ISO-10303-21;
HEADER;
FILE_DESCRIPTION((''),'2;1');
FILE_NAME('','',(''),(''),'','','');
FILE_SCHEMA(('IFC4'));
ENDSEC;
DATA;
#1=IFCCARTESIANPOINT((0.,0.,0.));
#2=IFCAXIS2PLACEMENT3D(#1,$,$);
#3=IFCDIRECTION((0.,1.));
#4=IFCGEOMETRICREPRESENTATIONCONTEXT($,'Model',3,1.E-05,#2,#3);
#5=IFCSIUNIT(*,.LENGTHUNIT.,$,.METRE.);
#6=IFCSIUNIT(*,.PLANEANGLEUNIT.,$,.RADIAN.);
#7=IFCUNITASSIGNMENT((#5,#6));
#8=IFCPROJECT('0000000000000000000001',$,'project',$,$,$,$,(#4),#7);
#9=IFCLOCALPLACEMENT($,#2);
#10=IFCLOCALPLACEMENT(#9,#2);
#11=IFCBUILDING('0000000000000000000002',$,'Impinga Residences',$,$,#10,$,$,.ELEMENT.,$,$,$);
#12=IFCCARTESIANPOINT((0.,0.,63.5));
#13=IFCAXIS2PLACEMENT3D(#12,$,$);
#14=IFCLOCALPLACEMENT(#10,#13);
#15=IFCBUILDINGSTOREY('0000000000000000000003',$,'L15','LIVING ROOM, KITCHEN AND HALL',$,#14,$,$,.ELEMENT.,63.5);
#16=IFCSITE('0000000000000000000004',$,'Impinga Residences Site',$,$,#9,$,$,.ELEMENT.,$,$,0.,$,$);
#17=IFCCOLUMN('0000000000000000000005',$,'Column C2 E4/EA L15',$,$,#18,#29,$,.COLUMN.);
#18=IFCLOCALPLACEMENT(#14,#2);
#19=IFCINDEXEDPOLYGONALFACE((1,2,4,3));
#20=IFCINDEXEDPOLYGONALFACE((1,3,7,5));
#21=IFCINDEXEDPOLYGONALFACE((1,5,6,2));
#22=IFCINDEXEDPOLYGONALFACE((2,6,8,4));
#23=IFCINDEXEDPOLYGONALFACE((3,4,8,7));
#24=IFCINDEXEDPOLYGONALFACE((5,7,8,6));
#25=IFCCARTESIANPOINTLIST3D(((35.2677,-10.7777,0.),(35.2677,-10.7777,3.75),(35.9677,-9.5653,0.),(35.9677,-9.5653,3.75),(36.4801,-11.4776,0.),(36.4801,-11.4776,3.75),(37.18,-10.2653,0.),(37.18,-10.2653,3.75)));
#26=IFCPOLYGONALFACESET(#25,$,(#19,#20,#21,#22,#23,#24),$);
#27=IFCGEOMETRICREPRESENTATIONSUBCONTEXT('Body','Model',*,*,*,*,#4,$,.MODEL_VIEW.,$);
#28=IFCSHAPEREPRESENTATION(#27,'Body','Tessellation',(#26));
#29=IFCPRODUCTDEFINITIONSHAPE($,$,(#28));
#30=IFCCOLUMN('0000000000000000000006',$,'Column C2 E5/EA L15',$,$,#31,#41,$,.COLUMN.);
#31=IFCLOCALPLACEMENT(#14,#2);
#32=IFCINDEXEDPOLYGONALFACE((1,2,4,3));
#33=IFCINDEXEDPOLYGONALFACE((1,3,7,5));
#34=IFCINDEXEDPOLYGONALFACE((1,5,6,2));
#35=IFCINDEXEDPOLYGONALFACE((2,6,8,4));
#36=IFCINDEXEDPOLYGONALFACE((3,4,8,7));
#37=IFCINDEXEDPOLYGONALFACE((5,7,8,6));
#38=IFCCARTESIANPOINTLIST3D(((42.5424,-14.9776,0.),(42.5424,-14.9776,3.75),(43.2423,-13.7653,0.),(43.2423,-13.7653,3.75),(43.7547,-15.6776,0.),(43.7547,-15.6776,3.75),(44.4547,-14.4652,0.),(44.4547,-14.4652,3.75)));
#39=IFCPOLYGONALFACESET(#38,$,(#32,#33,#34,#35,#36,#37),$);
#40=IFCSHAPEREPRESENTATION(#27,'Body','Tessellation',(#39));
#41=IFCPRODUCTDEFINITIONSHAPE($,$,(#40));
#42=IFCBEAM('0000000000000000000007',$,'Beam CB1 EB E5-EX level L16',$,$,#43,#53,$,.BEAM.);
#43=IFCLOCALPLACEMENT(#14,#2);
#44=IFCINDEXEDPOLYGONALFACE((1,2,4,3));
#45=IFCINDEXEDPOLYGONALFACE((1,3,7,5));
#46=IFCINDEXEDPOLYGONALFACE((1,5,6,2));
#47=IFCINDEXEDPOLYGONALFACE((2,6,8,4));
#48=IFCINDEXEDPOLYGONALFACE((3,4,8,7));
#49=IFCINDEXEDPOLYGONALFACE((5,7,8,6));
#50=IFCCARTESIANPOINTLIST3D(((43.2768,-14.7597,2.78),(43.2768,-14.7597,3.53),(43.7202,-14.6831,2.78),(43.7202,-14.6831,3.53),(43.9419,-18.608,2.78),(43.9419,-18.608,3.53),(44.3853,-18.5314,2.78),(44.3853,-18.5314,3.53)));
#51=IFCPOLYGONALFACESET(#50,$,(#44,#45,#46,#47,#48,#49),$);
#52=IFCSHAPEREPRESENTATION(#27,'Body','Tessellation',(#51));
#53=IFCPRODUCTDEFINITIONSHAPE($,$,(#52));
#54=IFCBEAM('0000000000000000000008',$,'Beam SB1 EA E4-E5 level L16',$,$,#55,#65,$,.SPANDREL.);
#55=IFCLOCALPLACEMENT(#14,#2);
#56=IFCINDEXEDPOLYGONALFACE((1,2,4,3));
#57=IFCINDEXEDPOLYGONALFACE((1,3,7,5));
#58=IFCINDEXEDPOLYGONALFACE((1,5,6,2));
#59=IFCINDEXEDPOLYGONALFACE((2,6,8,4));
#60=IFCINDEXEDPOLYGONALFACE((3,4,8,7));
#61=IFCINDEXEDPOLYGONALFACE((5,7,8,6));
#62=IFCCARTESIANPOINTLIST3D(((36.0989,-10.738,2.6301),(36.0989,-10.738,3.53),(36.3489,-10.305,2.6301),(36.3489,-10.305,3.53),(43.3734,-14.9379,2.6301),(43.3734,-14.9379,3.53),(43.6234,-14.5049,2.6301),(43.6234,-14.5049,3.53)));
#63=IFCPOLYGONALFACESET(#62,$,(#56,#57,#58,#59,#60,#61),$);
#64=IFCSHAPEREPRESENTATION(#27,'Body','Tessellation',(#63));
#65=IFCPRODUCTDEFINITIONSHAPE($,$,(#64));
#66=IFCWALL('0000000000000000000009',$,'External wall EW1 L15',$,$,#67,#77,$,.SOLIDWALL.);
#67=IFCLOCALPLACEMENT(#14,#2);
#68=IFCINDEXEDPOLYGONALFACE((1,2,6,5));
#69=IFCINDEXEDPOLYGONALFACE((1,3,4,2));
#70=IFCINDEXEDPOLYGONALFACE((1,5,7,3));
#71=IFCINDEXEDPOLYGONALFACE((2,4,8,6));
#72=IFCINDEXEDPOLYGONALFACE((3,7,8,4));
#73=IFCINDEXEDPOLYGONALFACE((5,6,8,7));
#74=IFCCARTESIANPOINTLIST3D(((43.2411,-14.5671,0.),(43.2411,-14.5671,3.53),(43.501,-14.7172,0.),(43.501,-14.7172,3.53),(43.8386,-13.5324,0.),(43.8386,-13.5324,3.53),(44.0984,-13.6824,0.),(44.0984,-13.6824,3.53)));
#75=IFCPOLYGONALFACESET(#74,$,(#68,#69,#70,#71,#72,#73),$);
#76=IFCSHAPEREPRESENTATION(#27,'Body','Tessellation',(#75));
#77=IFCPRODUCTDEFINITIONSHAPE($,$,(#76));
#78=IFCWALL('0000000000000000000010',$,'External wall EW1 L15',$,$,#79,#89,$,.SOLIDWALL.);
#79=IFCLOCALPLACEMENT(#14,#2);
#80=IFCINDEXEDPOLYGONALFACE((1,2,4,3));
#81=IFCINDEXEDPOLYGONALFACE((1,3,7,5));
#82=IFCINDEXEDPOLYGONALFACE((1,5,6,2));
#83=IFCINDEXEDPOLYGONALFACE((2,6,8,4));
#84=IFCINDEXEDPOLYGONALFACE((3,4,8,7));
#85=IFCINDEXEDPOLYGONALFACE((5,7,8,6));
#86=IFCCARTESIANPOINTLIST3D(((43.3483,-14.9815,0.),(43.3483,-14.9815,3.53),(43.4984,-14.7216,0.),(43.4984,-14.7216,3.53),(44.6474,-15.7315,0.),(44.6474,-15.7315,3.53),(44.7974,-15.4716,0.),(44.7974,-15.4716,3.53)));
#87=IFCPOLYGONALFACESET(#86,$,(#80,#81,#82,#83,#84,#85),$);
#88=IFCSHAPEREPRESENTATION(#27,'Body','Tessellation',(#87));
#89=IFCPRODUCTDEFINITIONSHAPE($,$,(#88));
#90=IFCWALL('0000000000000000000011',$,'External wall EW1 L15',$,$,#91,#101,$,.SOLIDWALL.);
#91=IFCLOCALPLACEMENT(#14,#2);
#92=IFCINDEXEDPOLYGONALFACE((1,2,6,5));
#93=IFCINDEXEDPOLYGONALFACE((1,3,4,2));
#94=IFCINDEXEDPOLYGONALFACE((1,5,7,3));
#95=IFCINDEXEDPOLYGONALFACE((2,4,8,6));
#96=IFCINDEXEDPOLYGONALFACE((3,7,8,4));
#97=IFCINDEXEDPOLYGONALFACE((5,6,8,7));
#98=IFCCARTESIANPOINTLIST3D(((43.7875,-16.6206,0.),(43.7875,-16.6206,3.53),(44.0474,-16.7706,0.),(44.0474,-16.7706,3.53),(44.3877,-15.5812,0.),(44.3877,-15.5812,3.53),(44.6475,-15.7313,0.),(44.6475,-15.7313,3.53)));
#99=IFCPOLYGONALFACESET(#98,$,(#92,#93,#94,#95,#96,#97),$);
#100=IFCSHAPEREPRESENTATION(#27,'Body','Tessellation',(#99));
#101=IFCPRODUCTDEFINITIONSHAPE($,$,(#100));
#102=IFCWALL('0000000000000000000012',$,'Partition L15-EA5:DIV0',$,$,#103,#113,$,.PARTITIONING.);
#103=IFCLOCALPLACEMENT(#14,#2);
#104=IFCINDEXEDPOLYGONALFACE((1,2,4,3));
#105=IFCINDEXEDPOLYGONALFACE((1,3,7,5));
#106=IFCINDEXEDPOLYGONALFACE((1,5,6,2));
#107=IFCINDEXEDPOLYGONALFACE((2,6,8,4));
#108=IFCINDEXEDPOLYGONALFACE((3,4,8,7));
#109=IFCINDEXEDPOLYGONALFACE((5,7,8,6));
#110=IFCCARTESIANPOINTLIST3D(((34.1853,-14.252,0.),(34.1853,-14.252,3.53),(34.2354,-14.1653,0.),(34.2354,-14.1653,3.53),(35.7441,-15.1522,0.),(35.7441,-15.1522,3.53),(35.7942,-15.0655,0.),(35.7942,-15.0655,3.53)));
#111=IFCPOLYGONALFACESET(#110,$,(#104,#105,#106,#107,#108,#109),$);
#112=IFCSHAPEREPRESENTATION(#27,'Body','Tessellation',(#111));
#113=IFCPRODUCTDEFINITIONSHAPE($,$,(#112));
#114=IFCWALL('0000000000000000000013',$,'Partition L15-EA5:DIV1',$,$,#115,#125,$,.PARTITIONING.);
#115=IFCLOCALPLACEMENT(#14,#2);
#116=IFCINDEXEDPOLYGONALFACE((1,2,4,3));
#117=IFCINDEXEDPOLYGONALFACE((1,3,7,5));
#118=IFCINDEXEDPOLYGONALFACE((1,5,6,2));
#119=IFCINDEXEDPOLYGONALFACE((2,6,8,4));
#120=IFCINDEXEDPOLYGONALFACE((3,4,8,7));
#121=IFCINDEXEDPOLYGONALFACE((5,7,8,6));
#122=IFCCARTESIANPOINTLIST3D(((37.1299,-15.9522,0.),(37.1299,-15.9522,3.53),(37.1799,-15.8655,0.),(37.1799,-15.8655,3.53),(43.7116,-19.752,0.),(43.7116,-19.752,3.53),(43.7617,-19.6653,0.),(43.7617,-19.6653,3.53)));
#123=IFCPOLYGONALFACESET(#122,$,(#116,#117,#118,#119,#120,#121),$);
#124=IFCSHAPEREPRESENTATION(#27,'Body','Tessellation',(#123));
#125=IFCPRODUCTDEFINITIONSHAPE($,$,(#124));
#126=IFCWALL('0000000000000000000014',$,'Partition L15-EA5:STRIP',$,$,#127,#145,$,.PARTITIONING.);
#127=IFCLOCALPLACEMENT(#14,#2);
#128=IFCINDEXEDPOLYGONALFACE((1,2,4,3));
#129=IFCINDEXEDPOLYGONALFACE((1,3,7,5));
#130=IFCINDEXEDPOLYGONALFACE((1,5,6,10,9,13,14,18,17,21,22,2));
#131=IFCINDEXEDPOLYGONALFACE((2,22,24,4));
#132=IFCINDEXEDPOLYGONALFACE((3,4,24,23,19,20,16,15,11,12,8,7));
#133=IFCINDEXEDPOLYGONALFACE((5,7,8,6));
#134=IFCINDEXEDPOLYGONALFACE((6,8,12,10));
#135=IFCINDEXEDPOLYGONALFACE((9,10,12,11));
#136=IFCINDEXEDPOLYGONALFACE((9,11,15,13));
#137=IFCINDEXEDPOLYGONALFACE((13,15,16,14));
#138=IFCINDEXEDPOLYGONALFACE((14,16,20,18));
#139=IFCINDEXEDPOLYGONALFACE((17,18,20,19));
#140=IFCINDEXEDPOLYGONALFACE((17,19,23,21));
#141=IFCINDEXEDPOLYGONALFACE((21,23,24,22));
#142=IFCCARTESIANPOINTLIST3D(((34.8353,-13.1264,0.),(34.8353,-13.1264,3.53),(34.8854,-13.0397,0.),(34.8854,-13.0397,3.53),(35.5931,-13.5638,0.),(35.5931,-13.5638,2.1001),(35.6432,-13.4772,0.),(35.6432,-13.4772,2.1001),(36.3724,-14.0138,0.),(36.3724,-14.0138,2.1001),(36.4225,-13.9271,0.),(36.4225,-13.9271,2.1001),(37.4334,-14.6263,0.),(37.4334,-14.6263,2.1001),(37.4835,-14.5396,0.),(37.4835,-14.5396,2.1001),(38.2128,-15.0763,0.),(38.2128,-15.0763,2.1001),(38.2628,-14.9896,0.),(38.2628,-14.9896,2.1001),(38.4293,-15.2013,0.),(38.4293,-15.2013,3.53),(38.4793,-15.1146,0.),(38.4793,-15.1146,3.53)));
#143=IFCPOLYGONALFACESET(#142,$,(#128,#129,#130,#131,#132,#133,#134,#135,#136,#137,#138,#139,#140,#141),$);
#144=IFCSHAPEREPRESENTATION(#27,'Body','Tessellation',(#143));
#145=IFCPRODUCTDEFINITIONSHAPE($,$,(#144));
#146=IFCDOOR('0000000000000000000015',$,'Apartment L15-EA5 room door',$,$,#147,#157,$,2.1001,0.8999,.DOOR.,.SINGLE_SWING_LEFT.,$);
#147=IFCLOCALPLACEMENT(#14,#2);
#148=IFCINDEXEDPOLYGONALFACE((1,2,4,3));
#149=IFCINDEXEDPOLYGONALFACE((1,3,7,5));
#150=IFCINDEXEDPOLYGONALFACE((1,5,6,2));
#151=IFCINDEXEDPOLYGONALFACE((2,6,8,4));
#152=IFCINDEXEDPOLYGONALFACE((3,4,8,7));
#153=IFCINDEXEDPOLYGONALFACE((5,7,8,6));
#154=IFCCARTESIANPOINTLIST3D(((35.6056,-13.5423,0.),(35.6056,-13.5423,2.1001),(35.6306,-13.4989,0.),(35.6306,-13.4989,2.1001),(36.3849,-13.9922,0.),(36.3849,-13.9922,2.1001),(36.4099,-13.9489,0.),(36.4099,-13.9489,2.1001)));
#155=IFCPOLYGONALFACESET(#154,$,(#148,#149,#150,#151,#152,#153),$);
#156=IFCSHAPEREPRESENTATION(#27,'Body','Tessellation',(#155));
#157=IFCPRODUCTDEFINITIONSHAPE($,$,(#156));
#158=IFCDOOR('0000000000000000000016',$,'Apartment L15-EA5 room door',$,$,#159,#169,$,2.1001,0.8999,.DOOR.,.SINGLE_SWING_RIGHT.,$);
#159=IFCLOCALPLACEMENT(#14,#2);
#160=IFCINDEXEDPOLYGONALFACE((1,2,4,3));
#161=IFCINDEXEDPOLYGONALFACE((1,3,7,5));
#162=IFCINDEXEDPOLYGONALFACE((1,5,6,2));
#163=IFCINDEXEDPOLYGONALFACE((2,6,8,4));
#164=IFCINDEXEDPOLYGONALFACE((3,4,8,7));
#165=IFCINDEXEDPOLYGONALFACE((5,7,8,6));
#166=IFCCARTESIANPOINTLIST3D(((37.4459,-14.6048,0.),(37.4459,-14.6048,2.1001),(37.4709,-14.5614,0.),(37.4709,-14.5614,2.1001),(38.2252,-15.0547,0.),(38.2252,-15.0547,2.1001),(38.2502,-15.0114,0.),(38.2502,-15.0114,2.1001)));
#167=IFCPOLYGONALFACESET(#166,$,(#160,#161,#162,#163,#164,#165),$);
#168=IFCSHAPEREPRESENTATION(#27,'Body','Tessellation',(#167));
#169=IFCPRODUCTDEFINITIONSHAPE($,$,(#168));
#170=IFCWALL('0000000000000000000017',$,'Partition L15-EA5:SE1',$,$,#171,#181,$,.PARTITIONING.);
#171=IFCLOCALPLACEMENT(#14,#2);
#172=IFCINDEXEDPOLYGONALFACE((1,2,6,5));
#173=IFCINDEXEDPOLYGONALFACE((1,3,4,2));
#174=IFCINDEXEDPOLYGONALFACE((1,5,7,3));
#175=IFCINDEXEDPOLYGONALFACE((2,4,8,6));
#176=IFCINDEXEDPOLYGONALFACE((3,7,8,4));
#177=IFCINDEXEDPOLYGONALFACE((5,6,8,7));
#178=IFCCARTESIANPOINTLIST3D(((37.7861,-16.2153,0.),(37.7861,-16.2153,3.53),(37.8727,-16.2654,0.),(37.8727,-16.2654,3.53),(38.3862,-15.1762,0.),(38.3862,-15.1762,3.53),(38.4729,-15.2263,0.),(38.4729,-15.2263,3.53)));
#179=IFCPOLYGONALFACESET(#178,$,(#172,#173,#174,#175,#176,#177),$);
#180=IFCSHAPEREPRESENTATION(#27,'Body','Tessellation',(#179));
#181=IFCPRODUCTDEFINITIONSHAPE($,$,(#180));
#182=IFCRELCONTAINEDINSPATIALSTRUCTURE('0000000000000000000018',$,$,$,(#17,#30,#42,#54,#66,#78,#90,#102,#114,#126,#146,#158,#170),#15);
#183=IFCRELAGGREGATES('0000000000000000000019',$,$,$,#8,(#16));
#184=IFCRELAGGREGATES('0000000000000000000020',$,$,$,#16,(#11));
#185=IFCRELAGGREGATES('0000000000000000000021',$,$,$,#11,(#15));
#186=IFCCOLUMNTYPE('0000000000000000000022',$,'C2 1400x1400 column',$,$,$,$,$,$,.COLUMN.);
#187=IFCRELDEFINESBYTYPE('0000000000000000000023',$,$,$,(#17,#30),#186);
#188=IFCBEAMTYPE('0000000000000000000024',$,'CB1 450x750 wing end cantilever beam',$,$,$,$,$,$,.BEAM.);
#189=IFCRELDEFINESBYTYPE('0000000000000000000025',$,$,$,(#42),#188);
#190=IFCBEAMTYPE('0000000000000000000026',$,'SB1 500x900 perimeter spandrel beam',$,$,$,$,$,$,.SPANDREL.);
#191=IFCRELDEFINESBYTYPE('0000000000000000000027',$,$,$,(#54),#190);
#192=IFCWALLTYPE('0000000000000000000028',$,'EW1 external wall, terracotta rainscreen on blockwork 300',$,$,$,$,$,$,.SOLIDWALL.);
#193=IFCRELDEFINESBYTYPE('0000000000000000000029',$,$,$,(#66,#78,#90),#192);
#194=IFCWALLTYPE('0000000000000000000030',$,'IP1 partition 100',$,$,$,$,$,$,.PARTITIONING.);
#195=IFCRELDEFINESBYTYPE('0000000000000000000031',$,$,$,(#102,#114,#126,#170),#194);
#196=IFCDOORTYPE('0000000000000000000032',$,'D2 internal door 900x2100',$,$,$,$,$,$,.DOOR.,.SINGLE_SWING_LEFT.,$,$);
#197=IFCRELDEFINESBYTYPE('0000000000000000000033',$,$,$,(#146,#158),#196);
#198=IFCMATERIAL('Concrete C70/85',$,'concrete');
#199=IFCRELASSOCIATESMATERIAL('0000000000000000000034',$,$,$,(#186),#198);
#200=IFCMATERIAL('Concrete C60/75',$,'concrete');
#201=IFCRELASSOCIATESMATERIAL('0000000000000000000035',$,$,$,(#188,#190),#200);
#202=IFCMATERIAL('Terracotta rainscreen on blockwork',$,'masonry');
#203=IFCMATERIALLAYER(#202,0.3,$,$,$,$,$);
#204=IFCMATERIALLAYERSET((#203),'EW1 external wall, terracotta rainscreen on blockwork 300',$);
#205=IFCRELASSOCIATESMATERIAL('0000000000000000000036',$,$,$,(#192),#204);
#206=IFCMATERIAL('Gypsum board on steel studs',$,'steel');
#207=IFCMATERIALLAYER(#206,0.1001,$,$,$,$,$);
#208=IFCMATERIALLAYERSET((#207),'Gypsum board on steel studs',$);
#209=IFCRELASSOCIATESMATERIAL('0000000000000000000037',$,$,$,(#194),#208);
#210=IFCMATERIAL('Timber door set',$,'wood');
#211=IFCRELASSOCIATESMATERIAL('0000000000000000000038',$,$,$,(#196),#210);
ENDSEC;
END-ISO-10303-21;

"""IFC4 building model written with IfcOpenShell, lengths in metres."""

from ifc_helpers import new_model, si_unit, direction, frame, frame_2d, origin, origin_2d, place, context, subcontext, project, spatial, rectangle, extrude, material, layer, layer_set, material_profile, profile_set, type_object, element, fill, save


model = new_model("IFC4")

# Units and contexts
model_context = context("Model", 3, precision=1e-05, world=origin(), true_north=direction((0.0, 1.0)))
body_context = subcontext(model_context, "Body", "Model", "MODEL_VIEW")
ifc_project = project(units=[si_unit("LENGTHUNIT", "METRE"), si_unit("PLANEANGLEUNIT", "RADIAN")], contexts=[model_context])

# Site, building, storey
site_placement = place(None, origin())
site = spatial("IfcSite", under=ifc_project, at=site_placement, Name="Impinga Residences Site", CompositionType="ELEMENT", RefElevation=0.0)
building_placement = place(site_placement, origin())
building = spatial("IfcBuilding", under=site, at=building_placement, Name="Impinga Residences", CompositionType="ELEMENT")
storey_placement = place(building_placement, frame((0.0, 0.0, 63.5)))
storey = spatial("IfcBuildingStorey", under=building, at=storey_placement, Name="L15", Description="LIVING ROOM, KITCHEN AND HALL", CompositionType="ELEMENT", Elevation=63.5)

# Columns
ifc_material_1 = material(Name="Concrete C70/85", Category="concrete")
ifc_material_profile_1 = material_profile(ifc_material_1, rectangle(XDim=1.3999, YDim=1.3999, at=origin_2d()), Name="RC 1400x1400")
ifc_profile_set_1 = profile_set([ifc_material_profile_1], Name="Concrete C70/85")
column_type = type_object("IfcColumnType", Name="C2 1400x1400 column", PredefinedType="COLUMN", material=ifc_profile_set_1)
for number, where, z_axis, x_axis, name in (
    (1, (36.2239, -10.5215, 0.0), (0.0, 0.0, 1.0), (-0.5, -0.866025, 0.0), "Column C2 E4/EA L15"),
    (2, (43.4985, -14.7214, 0.0), (0.0, 0.0, 1.0), (-0.5, -0.866025, 0.0), "Column C2 E5/EA L15"),
):
    element("IfcColumn", number, at=place(storey_placement, frame(where, z_axis=z_axis, x_axis=x_axis)), inside=storey, type_object=column_type, Name=name, PredefinedType="COLUMN", context=body_context, shape_type="SweptSolid", body=[
        extrude(rectangle(XDim=1.3999, YDim=1.3999, at=origin_2d()), origin(), (0.0, 0.0, 1.0), 3.75),
    ])

# Beams
ifc_material_2 = material(Name="Concrete C60/75", Category="concrete")
ifc_material_profile_2 = material_profile(ifc_material_2, rectangle(XDim=0.45, YDim=0.75, at=origin_2d()), Name="RC 450x750")
ifc_profile_set_2 = profile_set([ifc_material_profile_2], Name="Concrete C60/75")
beam_type_1 = type_object("IfcBeamType", Name="CB1 450x750 wing end cantilever beam", PredefinedType="BEAM", material=ifc_profile_set_2)
beam_1_placement = place(storey_placement, frame((43.4985, -14.7214, 3.155), z_axis=(0.170296, -0.985393, 0.0), x_axis=(0.985393, 0.170296, 0.0)))
element("IfcBeam", 3, at=beam_1_placement, inside=storey, type_object=beam_type_1, Name="Beam CB1 EB E5-EX level L16", PredefinedType="BEAM", context=body_context, shape_type="SweptSolid", body=[
    extrude(rectangle(XDim=0.45, YDim=0.75, at=origin_2d()), origin(), (0.0, 0.0, 1.0), 3.9053),
])
ifc_material_profile_3 = material_profile(ifc_material_2, rectangle(XDim=0.5, YDim=0.8999, at=origin_2d()), Name="RC 500x900")
ifc_profile_set_3 = profile_set([ifc_material_profile_3], Name="Concrete C60/75")
beam_type_2 = type_object("IfcBeamType", Name="SB1 500x900 perimeter spandrel beam", PredefinedType="SPANDREL", material=ifc_profile_set_3)
beam_2_placement = place(storey_placement, frame((36.2239, -10.5215, 3.0801), z_axis=(0.866029, -0.499993, 0.0), x_axis=(0.499993, 0.866029, 0.0)))
element("IfcBeam", 4, at=beam_2_placement, inside=storey, type_object=beam_type_2, Name="Beam SB1 EA E4-E5 level L16", PredefinedType="SPANDREL", context=body_context, shape_type="SweptSolid", body=[
    extrude(rectangle(XDim=0.5, YDim=0.8999, at=origin_2d()), origin(), (0.0, 0.0, 1.0), 8.3999),
])

# Walls
ifc_material_3 = material(Name="Terracotta rainscreen on blockwork", Category="masonry")
ifc_layer_1 = layer(ifc_material_3, 0.3)
ifc_layer_set_1 = layer_set([ifc_layer_1], Name="EW1 external wall, terracotta rainscreen on blockwork 300")
wall_type_1 = type_object("IfcWallType", Name="EW1 external wall, terracotta rainscreen on blockwork 300", PredefinedType="SOLIDWALL", material=ifc_layer_set_1)
wall_1_placement = place(storey_placement, frame((43.9685, -13.6074, 0.0), z_axis=(0.0, 0.0, 1.0), x_axis=(-0.500029, -0.866009, 0.0)))
element("IfcWall", 5, at=wall_1_placement, inside=storey, type_object=wall_type_1, Name="External wall EW1 L15", PredefinedType="SOLIDWALL", context=body_context, shape_type="SweptSolid", body=[
    extrude(rectangle(XDim=1.1948, YDim=0.3, at=frame_2d((0.5974, 0.0))), origin(), (0.0, 0.0, 1.0), 3.53),
])
wall_2_placement = place(storey_placement, frame((43.4233, -14.8516, 0.0), z_axis=(0.0, 0.0, 1.0), x_axis=(0.866031, -0.49999, 0.0)))
element("IfcWall", 6, at=wall_2_placement, inside=storey, type_object=wall_type_1, Name="External wall EW1 L15", PredefinedType="SOLIDWALL", context=body_context, shape_type="SweptSolid", body=[
    extrude(rectangle(XDim=1.5, YDim=0.3, at=frame_2d((0.75, 0.0))), origin(), (0.0, 0.0, 1.0), 3.53),
])
wall_3_placement = place(storey_placement, frame((44.5176, -15.6562, 0.0), z_axis=(0.0, 0.0, 1.0), x_axis=(-0.500034, -0.866006, 0.0)))
element("IfcWall", 7, at=wall_3_placement, inside=storey, type_object=wall_type_1, Name="External wall EW1 L15", PredefinedType="SOLIDWALL", context=body_context, shape_type="SweptSolid", body=[
    extrude(rectangle(XDim=1.2002, YDim=0.3, at=frame_2d((0.6001, 0.0))), origin(), (0.0, 0.0, 1.0), 3.53),
])
ifc_material_4 = material(Name="Gypsum board on steel studs", Category="steel")
ifc_layer_2 = layer(ifc_material_4, 0.1001)
ifc_layer_set_2 = layer_set([ifc_layer_2], Name="Gypsum board on steel studs")
wall_type_2 = type_object("IfcWallType", Name="IP1 partition 100", PredefinedType="PARTITIONING", material=ifc_layer_set_2)
wall_4_placement = place(storey_placement, frame((34.2104, -14.2087, 0.0), z_axis=(0.0, 0.0, 1.0), x_axis=(0.865989, -0.500063, 0.0)))
element("IfcWall", 8, at=wall_4_placement, inside=storey, type_object=wall_type_2, Name="Partition L15-EA5:DIV0", PredefinedType="PARTITIONING", context=body_context, shape_type="SweptSolid", body=[
    extrude(rectangle(XDim=1.8, YDim=0.1001, at=frame_2d((0.8999, 0.0))), origin(), (0.0, 0.0, 1.0), 3.53),
])
wall_5_placement = place(storey_placement, frame((37.155, -15.9089, 0.0), z_axis=(0.0, 0.0, 1.0), x_axis=(0.866036, -0.499981, 0.0)))
element("IfcWall", 9, at=wall_5_placement, inside=storey, type_object=wall_type_2, Name="Partition L15-EA5:DIV1", PredefinedType="PARTITIONING", context=body_context, shape_type="SweptSolid", body=[
    extrude(rectangle(XDim=7.5999, YDim=0.1001, at=frame_2d((3.7998, 0.0))), origin(), (0.0, 0.0, 1.0), 3.53),
])

# Wall, openings, doors
wall_6_placement = place(storey_placement, frame((34.8604, -13.083, 0.0), z_axis=(0.0, 0.0, 1.0), x_axis=(0.86603, -0.499992, 0.0)))
wall_6 = element("IfcWall", 10, at=wall_6_placement, inside=storey, type_object=wall_type_2, Name="Partition L15-EA5:STRIP", PredefinedType="PARTITIONING", context=body_context, shape_type="SweptSolid", body=[
    extrude(rectangle(XDim=4.1499, YDim=0.1001, at=frame_2d((2.075, 0.0))), origin(), (0.0, 0.0, 1.0), 3.53),
])
opening_1_placement = place(wall_6_placement, frame((0.875, 0.0, 0.0)))
opening_1 = element("IfcOpeningElement", 11, at=opening_1_placement, cuts=wall_6, PredefinedType="OPENING", context=body_context, shape_type="SweptSolid", body=[
    extrude(rectangle(XDim=0.8999, YDim=2.1001, at=frame_2d((0.45, 1.05))), frame((0.0, 0.0601, 0.0), z_axis=(0.0, -1.0, 0.0), x_axis=(1.0, 0.0, 0.0)), (0.0, 0.0, 1.0), 0.1201),
])
opening_2_placement = place(wall_6_placement, frame((3.0, 0.0, 0.0)))
opening_2 = element("IfcOpeningElement", 12, at=opening_2_placement, cuts=wall_6, PredefinedType="OPENING", context=body_context, shape_type="SweptSolid", body=[
    extrude(rectangle(XDim=0.8999, YDim=2.1001, at=frame_2d((0.45, 1.05))), frame((0.0, 0.0601, 0.0), z_axis=(0.0, -1.0, 0.0), x_axis=(1.0, 0.0, 0.0)), (0.0, 0.0, 1.0), 0.1201),
])
ifc_material_5 = material(Name="Timber door set", Category="wood")
door_type = type_object("IfcDoorType", Name="D2 internal door 900x2100", OperationType="SINGLE_SWING_LEFT", PredefinedType="DOOR", material=ifc_material_5)
door_1_placement = place(opening_1_placement, origin())
door_1 = element("IfcDoor", 13, at=door_1_placement, inside=storey, type_object=door_type, Name="Apartment L15-EA5 room door", OperationType="SINGLE_SWING_LEFT", OverallHeight=2.1001, OverallWidth=0.8999, PredefinedType="DOOR", context=body_context, shape_type="SweptSolid", body=[
    extrude(rectangle(XDim=0.8999, YDim=2.1001, at=frame_2d((0.45, 1.05))), frame((0.0, 0.0249, 0.0), z_axis=(0.0, -1.0, 0.0), x_axis=(1.0, 0.0, 0.0)), (0.0, 0.0, 1.0), 0.05),
])
fill(opening_1, door_1)
door_2_placement = place(opening_2_placement, origin())
door_2 = element("IfcDoor", 14, at=door_2_placement, inside=storey, type_object=door_type, Name="Apartment L15-EA5 room door", OperationType="SINGLE_SWING_RIGHT", OverallHeight=2.1001, OverallWidth=0.8999, PredefinedType="DOOR", context=body_context, shape_type="SweptSolid", body=[
    extrude(rectangle(XDim=0.8999, YDim=2.1001, at=frame_2d((0.45, 1.05))), frame((0.0, 0.0249, 0.0), z_axis=(0.0, -1.0, 0.0), x_axis=(1.0, 0.0, 0.0)), (0.0, 0.0, 1.0), 0.05),
])
fill(opening_2, door_2)

# Wall
wall_7_placement = place(storey_placement, frame((37.8293, -16.2405, 0.0), z_axis=(0.0, 0.0, 1.0), x_axis=(0.500122, 0.865955, 0.0)))
element("IfcWall", 15, at=wall_7_placement, inside=storey, type_object=wall_type_2, Name="Partition L15-EA5:SE1", PredefinedType="PARTITIONING", context=body_context, shape_type="SweptSolid", body=[
    extrude(rectangle(XDim=1.2, YDim=0.1001, at=frame_2d((0.6001, 0.0))), origin(), (0.0, 0.0, 1.0), 3.53),
])

save(model, "model.ifc")
